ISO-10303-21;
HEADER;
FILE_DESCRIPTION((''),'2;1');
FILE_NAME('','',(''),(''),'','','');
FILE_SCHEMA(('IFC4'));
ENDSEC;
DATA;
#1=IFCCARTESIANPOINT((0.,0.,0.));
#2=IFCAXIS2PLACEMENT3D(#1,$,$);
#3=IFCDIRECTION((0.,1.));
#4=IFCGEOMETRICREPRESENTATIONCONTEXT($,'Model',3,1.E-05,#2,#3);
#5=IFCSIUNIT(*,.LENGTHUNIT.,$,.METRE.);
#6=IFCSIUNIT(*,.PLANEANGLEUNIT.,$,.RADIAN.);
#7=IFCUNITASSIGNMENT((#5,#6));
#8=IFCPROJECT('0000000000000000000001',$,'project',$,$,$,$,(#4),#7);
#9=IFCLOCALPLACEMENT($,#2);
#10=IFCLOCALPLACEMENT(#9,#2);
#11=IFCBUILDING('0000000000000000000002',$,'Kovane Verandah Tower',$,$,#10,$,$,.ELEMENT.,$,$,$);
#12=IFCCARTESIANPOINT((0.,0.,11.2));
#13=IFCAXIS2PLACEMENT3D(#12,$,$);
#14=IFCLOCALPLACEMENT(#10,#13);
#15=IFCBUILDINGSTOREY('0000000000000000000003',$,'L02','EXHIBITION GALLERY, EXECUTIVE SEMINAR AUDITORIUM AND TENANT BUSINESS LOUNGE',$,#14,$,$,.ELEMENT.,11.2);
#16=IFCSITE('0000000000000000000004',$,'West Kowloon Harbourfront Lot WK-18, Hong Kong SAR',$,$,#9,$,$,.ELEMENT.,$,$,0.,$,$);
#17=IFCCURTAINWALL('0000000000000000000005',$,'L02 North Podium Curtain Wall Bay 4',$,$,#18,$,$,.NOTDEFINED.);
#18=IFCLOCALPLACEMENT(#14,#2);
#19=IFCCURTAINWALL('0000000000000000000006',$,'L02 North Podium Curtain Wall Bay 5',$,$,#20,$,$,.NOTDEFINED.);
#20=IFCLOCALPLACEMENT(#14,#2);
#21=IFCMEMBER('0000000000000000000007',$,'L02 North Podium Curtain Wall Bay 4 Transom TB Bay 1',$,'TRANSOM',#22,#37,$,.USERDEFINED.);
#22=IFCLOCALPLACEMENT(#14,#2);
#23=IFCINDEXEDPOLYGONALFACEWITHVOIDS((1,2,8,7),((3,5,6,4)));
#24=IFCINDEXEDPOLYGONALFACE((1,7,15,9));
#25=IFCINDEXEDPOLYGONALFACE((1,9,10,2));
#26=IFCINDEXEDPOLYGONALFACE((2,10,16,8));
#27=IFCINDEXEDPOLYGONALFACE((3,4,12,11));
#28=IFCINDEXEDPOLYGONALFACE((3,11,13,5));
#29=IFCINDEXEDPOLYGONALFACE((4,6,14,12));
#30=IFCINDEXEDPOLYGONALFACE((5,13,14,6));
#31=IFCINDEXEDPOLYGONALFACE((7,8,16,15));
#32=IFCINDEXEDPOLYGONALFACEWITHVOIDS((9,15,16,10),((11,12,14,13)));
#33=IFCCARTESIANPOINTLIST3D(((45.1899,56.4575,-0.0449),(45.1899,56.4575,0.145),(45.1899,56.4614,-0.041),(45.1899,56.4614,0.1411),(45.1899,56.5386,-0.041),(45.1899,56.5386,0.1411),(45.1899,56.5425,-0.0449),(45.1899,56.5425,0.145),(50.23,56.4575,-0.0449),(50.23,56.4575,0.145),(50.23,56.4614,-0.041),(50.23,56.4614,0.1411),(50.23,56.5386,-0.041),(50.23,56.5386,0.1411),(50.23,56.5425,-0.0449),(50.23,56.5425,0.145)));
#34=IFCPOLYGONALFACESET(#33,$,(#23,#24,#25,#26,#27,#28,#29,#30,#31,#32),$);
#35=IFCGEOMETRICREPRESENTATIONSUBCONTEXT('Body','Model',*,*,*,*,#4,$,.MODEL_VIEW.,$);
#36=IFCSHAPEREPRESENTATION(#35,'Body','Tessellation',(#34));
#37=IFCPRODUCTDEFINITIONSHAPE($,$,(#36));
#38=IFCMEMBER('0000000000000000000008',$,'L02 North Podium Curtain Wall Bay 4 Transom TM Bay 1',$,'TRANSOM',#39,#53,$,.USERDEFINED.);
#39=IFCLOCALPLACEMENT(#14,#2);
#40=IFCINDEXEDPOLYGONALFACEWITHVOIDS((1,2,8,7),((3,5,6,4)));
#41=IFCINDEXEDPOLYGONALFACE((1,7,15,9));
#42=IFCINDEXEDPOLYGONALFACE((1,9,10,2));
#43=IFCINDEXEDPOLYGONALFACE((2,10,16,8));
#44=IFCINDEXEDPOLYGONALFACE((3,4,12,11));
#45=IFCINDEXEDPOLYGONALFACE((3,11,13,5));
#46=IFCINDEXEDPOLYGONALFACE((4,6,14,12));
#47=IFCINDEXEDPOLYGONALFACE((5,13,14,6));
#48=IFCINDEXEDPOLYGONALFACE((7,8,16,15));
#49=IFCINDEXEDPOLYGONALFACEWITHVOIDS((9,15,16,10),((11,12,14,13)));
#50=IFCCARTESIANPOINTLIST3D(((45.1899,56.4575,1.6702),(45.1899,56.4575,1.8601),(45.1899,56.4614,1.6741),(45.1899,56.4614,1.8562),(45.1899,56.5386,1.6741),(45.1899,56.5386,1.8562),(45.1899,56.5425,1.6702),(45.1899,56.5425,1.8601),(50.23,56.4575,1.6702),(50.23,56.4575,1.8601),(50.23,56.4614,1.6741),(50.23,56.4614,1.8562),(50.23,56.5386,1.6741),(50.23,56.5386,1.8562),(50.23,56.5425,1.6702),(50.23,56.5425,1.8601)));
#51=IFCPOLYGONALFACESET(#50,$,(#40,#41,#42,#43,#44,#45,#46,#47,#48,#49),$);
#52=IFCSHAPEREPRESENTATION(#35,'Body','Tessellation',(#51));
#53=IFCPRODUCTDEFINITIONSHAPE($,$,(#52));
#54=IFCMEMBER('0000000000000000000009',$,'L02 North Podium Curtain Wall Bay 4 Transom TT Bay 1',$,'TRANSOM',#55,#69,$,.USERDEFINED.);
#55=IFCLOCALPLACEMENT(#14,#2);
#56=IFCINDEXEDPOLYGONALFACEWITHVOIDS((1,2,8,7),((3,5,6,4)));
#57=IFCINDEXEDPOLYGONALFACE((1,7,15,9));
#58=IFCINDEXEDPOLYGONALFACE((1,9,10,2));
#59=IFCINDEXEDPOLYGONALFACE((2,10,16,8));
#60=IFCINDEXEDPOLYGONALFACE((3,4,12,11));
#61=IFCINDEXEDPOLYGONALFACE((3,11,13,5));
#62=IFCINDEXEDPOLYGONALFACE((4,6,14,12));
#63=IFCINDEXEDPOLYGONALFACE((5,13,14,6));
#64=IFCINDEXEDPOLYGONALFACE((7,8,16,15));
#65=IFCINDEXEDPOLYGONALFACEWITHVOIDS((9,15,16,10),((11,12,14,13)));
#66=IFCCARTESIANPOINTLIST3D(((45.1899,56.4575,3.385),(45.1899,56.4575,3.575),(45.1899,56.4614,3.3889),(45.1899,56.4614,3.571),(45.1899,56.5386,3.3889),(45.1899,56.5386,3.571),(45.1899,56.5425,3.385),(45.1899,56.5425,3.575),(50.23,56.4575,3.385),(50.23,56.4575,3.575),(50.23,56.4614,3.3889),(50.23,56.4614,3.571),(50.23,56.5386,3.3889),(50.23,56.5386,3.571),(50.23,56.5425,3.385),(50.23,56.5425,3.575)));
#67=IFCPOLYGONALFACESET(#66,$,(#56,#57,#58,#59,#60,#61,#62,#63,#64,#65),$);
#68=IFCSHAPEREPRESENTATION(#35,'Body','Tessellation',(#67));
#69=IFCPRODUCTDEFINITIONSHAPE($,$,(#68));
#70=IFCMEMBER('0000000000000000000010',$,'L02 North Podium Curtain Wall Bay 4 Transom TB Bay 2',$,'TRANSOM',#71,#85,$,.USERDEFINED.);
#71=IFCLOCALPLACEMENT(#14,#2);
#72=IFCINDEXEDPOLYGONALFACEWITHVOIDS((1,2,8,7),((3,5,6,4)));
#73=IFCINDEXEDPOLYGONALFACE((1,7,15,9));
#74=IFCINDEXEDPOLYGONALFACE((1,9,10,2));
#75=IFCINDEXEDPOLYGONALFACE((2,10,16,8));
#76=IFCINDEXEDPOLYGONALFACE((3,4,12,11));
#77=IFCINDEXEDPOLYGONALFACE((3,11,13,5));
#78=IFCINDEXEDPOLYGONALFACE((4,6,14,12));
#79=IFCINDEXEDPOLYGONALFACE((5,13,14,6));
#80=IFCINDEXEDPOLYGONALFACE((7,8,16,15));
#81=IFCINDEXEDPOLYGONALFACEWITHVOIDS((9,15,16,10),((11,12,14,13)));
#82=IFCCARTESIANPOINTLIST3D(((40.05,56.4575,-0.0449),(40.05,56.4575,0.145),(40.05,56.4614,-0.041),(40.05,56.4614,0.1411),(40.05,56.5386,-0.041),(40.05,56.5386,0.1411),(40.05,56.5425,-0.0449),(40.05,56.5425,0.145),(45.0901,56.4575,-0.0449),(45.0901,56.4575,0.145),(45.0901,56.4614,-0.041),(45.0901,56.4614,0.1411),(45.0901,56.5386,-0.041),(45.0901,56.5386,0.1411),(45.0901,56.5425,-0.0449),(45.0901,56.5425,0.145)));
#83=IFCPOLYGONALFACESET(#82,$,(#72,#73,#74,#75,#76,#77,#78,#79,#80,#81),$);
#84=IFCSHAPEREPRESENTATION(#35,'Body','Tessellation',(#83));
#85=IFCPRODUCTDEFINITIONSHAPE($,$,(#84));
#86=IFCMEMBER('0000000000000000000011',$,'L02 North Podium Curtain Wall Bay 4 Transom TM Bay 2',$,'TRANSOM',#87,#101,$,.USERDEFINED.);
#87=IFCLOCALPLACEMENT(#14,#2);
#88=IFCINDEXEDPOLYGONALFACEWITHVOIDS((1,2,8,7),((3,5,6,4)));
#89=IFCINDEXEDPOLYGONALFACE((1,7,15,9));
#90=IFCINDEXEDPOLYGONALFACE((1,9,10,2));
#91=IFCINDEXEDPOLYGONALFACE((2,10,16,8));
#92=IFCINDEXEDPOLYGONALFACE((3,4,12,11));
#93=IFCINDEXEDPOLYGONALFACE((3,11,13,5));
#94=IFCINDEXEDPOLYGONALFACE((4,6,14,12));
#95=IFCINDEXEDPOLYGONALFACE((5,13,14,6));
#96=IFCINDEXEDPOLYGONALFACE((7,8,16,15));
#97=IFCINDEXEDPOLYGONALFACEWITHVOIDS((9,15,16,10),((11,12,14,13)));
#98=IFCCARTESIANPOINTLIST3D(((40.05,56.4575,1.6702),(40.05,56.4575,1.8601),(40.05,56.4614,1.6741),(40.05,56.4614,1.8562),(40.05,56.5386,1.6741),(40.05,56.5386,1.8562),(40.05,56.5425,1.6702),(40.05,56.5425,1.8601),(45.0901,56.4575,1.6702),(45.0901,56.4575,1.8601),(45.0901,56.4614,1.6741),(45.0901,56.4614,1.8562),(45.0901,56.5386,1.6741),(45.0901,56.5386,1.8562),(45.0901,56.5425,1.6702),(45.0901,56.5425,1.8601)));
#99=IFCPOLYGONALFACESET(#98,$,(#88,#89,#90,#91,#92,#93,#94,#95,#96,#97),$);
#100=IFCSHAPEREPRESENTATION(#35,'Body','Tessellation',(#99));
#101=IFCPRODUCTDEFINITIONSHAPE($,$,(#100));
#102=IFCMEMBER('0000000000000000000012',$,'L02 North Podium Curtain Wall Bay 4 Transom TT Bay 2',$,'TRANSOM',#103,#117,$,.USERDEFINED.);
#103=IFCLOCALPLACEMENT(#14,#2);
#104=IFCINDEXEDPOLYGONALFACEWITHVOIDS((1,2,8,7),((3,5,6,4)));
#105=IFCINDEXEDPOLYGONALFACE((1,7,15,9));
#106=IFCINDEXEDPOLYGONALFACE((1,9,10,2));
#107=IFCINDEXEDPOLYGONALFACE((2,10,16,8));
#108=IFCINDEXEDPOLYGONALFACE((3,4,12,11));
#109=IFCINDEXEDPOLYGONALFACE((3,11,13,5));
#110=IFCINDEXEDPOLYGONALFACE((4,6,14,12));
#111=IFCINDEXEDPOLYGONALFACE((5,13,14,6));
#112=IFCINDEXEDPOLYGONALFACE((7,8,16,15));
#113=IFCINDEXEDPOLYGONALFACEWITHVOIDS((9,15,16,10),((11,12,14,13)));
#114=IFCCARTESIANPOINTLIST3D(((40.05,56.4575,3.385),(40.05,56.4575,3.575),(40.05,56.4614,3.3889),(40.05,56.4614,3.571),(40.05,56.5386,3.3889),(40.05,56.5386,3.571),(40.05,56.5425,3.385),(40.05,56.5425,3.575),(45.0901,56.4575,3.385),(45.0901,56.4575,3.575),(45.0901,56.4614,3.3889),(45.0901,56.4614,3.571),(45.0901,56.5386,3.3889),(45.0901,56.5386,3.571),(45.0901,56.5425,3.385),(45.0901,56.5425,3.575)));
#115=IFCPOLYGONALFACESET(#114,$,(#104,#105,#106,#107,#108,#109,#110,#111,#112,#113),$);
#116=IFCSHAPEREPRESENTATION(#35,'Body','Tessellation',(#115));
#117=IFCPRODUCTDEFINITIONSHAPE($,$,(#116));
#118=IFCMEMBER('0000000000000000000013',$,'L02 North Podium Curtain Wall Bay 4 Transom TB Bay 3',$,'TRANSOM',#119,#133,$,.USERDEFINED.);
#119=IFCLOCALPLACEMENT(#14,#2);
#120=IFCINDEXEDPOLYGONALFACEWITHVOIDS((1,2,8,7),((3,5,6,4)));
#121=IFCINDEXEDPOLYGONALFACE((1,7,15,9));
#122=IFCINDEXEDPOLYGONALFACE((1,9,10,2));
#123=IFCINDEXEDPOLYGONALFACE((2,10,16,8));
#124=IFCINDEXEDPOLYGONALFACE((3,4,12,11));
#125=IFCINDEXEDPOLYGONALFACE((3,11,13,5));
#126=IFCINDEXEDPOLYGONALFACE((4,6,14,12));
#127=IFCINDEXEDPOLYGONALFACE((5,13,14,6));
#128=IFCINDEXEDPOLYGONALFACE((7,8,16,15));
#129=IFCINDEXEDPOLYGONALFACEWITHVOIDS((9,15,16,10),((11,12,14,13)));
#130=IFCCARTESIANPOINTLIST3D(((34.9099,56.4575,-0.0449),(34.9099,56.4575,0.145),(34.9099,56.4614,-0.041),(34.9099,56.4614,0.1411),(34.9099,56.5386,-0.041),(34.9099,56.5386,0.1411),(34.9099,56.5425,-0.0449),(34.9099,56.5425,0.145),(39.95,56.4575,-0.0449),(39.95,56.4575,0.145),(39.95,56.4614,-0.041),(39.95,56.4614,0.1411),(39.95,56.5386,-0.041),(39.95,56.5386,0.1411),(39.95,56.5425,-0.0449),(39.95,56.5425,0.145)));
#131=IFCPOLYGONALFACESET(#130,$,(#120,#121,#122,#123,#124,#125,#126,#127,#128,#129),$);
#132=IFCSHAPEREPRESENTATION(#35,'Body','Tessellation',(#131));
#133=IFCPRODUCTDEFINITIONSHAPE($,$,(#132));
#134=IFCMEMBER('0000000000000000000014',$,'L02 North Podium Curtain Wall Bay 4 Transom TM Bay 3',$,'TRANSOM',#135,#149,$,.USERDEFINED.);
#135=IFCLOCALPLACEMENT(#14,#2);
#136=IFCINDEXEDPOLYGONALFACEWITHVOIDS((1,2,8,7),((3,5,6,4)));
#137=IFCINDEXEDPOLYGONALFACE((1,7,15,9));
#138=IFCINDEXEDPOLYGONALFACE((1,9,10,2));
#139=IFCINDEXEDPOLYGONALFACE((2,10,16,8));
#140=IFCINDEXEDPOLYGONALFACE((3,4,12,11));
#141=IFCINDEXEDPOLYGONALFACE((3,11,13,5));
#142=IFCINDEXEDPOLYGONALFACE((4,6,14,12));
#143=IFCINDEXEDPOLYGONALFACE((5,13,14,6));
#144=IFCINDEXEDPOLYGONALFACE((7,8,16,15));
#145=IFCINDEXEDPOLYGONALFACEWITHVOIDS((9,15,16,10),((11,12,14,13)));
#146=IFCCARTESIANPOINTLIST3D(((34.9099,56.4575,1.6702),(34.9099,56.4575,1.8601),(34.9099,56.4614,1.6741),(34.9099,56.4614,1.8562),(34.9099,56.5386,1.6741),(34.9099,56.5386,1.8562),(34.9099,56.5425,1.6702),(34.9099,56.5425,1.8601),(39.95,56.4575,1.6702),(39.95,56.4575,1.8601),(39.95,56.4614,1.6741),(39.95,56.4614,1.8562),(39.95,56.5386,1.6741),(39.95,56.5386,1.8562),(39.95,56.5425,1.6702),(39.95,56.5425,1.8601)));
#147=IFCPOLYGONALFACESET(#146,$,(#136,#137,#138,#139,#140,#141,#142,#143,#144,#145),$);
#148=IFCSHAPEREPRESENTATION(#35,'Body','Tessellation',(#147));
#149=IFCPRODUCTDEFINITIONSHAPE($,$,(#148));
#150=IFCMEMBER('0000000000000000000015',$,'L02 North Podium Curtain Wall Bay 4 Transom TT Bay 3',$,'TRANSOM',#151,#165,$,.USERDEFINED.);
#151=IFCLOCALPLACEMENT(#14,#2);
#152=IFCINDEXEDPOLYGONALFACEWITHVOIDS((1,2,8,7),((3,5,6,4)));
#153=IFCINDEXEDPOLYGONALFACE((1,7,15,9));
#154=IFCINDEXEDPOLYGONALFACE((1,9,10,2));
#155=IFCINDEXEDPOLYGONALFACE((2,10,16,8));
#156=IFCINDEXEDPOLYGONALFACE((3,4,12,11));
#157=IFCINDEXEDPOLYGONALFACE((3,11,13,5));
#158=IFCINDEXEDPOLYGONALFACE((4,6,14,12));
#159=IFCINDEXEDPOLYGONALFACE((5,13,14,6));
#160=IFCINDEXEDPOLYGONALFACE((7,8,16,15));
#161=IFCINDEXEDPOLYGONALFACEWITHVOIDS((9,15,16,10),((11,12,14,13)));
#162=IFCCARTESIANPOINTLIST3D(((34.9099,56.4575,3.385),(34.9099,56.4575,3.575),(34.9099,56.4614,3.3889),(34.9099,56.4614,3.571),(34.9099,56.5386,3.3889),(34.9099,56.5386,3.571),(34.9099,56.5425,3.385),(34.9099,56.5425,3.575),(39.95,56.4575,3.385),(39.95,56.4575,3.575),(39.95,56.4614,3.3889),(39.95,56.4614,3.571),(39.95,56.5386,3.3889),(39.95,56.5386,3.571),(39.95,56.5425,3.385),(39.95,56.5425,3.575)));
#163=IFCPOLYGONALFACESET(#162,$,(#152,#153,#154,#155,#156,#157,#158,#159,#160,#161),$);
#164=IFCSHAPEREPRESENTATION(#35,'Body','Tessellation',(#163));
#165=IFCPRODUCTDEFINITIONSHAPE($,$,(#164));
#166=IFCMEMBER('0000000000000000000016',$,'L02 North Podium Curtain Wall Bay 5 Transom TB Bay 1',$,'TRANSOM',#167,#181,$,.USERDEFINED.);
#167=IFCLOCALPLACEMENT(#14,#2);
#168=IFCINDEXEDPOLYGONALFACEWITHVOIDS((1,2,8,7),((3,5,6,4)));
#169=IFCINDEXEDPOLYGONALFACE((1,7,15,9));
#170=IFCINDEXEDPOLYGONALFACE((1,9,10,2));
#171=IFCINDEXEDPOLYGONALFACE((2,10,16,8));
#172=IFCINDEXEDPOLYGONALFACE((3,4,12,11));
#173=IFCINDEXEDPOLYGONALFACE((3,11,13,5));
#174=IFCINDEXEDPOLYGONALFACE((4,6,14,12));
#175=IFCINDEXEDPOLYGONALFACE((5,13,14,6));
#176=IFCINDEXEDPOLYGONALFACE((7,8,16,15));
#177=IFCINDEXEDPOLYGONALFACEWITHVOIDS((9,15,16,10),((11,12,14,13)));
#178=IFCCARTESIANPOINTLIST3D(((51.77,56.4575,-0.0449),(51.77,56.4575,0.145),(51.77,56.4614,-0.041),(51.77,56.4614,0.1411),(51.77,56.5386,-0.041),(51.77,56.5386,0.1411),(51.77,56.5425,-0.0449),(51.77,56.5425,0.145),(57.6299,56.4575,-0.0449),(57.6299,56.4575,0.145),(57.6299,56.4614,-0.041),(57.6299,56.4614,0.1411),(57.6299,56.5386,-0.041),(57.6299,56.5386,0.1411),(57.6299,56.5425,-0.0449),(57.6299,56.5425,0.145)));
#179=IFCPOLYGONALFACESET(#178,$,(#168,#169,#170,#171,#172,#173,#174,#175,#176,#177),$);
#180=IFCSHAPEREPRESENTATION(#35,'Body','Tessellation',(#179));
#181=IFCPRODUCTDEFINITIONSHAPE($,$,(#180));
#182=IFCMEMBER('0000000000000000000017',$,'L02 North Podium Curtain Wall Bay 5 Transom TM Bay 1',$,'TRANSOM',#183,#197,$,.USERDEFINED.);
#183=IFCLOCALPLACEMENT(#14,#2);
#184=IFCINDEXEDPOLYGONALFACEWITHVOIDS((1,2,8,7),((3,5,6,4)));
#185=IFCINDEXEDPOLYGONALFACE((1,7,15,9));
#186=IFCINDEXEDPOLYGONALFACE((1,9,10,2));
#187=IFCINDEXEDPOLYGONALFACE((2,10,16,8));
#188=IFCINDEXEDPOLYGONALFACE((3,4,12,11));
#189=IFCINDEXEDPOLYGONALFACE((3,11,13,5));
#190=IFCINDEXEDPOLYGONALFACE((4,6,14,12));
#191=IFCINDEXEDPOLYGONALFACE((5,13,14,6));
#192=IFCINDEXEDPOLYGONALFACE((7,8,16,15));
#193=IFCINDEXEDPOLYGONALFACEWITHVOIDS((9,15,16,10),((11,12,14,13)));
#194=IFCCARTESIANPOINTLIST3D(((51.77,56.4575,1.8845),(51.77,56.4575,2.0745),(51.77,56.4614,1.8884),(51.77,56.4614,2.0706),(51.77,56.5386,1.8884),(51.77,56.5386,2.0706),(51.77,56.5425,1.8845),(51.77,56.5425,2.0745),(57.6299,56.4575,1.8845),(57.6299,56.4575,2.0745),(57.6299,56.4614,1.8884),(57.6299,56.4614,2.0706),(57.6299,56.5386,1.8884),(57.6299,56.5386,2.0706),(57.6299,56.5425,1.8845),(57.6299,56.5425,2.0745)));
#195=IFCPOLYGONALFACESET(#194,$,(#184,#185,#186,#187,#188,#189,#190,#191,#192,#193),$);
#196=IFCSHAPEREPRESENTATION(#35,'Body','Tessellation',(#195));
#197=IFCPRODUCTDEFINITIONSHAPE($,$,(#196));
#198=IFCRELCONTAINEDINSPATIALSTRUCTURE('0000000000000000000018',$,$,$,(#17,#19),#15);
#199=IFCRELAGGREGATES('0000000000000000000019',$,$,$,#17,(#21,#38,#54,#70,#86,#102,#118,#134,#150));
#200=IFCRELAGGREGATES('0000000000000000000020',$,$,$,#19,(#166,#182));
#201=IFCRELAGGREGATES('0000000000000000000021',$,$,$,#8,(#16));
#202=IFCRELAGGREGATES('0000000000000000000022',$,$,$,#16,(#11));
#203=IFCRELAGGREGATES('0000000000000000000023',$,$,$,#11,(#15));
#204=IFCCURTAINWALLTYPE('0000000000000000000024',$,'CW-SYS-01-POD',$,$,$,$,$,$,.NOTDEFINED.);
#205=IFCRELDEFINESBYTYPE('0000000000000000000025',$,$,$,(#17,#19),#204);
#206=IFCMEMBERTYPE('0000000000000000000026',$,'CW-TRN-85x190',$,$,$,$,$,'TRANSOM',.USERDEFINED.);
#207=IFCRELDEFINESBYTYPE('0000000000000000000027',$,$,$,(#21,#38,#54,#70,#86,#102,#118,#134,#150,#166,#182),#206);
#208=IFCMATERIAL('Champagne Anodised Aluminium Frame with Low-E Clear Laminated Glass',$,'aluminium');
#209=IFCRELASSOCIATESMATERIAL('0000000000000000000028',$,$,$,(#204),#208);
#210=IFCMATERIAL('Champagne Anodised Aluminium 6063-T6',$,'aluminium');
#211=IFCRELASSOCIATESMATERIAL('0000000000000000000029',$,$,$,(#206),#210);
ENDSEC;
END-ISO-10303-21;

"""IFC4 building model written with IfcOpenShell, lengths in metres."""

from ifc_helpers import new_model, si_unit, direction, frame, origin, origin_2d, place, context, subcontext, project, spatial, hollow_rectangle, extrude, material, material_profile, profile_set, type_object, element, aggregate, save


model = new_model("IFC4")

# Units and contexts
model_context = context("Model", 3, precision=1e-05, world=origin(), true_north=direction((0.0, 1.0)))
body_context = subcontext(model_context, "Body", "Model", "MODEL_VIEW")
ifc_project = project(units=[si_unit("LENGTHUNIT", "METRE"), si_unit("PLANEANGLEUNIT", "RADIAN")], contexts=[model_context])

# Site, building, storey
site_placement = place(None, origin())
site = spatial("IfcSite", under=ifc_project, at=site_placement, Name="West Kowloon Harbourfront Lot WK-18, Hong Kong SAR", CompositionType="ELEMENT", RefElevation=0.0)
building_placement = place(site_placement, origin())
building = spatial("IfcBuilding", under=site, at=building_placement, Name="Kovane Verandah Tower", CompositionType="ELEMENT")
storey_placement = place(building_placement, frame((0.0, 0.0, 11.2)))
storey = spatial("IfcBuildingStorey", under=building, at=storey_placement, Name="L02", Description="EXHIBITION GALLERY, EXECUTIVE SEMINAR AUDITORIUM AND TENANT BUSINESS LOUNGE", CompositionType="ELEMENT", Elevation=11.2)

# Curtain walls
ifc_material_1 = material(Name="Champagne Anodised Aluminium Frame with Low-E Clear Laminated Glass", Category="aluminium")
curtain_wall_type = type_object("IfcCurtainWallType", Name="CW-SYS-01-POD", PredefinedType="NOTDEFINED", material=ifc_material_1)
curtain_wall_1_placement = place(storey_placement, origin())
curtain_wall_1 = element("IfcCurtainWall", 1, at=curtain_wall_1_placement, inside=storey, type_object=curtain_wall_type, Name="L02 North Podium Curtain Wall Bay 4", PredefinedType="NOTDEFINED")
ifc_material_2 = material(Name="Champagne Anodised Aluminium 6063-T6", Category="aluminium")
curtain_wall_2_placement = place(storey_placement, origin())
curtain_wall_2 = element("IfcCurtainWall", 2, at=curtain_wall_2_placement, inside=storey, type_object=curtain_wall_type, Name="L02 North Podium Curtain Wall Bay 5", PredefinedType="NOTDEFINED")

# Members
ifc_material_profile_1 = material_profile(ifc_material_2, hollow_rectangle(XDim=0.085, YDim=0.1899, WallThickness=0.0039, at=origin_2d()), Name="AL85x190x4")
ifc_profile_set_1 = profile_set([ifc_material_profile_1], Name="Champagne Anodised Aluminium 6063-T6")
member_type_1 = type_object("IfcMemberType", Name="CW-TRN-85x190", ElementType="TRANSOM", PredefinedType="USERDEFINED", material=ifc_profile_set_1)
member_1_placement = place(storey_placement, frame((50.23, 56.5, 0.05), z_axis=(-1.0, 0.0, 0.0), x_axis=(0.0, -1.0, 0.0)))
member_1 = element("IfcMember", 3, at=member_1_placement, type_object=member_type_1, Name="L02 North Podium Curtain Wall Bay 4 Transom TB Bay 1", ObjectType="TRANSOM", PredefinedType="USERDEFINED", context=body_context, shape_type="SweptSolid", body=[
    extrude(hollow_rectangle(XDim=0.085, YDim=0.1899, WallThickness=0.0039, at=origin_2d()), origin(), (0.0, 0.0, 1.0), 5.04),
])
member_2_placement = place(storey_placement, frame((50.23, 56.5, 1.7651), z_axis=(-1.0, 0.0, 0.0), x_axis=(0.0, -1.0, 0.0)))
member_2 = element("IfcMember", 4, at=member_2_placement, type_object=member_type_1, Name="L02 North Podium Curtain Wall Bay 4 Transom TM Bay 1", ObjectType="TRANSOM", PredefinedType="USERDEFINED", context=body_context, shape_type="SweptSolid", body=[
    extrude(hollow_rectangle(XDim=0.085, YDim=0.1899, WallThickness=0.0039, at=origin_2d()), origin(), (0.0, 0.0, 1.0), 5.04),
])
member_3_placement = place(storey_placement, frame((50.23, 56.5, 3.48), z_axis=(-1.0, 0.0, 0.0), x_axis=(0.0, -1.0, 0.0)))
member_3 = element("IfcMember", 5, at=member_3_placement, type_object=member_type_1, Name="L02 North Podium Curtain Wall Bay 4 Transom TT Bay 1", ObjectType="TRANSOM", PredefinedType="USERDEFINED", context=body_context, shape_type="SweptSolid", body=[
    extrude(hollow_rectangle(XDim=0.085, YDim=0.1899, WallThickness=0.0039, at=origin_2d()), origin(), (0.0, 0.0, 1.0), 5.04),
])
member_4_placement = place(storey_placement, frame((45.0901, 56.5, 0.05), z_axis=(-1.0, 0.0, 0.0), x_axis=(0.0, -1.0, 0.0)))
member_4 = element("IfcMember", 6, at=member_4_placement, type_object=member_type_1, Name="L02 North Podium Curtain Wall Bay 4 Transom TB Bay 2", ObjectType="TRANSOM", PredefinedType="USERDEFINED", context=body_context, shape_type="SweptSolid", body=[
    extrude(hollow_rectangle(XDim=0.085, YDim=0.1899, WallThickness=0.0039, at=origin_2d()), origin(), (0.0, 0.0, 1.0), 5.04),
])
member_5_placement = place(storey_placement, frame((45.0901, 56.5, 1.7651), z_axis=(-1.0, 0.0, 0.0), x_axis=(0.0, -1.0, 0.0)))
member_5 = element("IfcMember", 7, at=member_5_placement, type_object=member_type_1, Name="L02 North Podium Curtain Wall Bay 4 Transom TM Bay 2", ObjectType="TRANSOM", PredefinedType="USERDEFINED", context=body_context, shape_type="SweptSolid", body=[
    extrude(hollow_rectangle(XDim=0.085, YDim=0.1899, WallThickness=0.0039, at=origin_2d()), origin(), (0.0, 0.0, 1.0), 5.04),
])
member_6_placement = place(storey_placement, frame((45.0901, 56.5, 3.48), z_axis=(-1.0, 0.0, 0.0), x_axis=(0.0, -1.0, 0.0)))
member_6 = element("IfcMember", 8, at=member_6_placement, type_object=member_type_1, Name="L02 North Podium Curtain Wall Bay 4 Transom TT Bay 2", ObjectType="TRANSOM", PredefinedType="USERDEFINED", context=body_context, shape_type="SweptSolid", body=[
    extrude(hollow_rectangle(XDim=0.085, YDim=0.1899, WallThickness=0.0039, at=origin_2d()), origin(), (0.0, 0.0, 1.0), 5.04),
])
member_7_placement = place(storey_placement, frame((39.95, 56.5, 0.05), z_axis=(-1.0, 0.0, 0.0), x_axis=(0.0, -1.0, 0.0)))
member_7 = element("IfcMember", 9, at=member_7_placement, type_object=member_type_1, Name="L02 North Podium Curtain Wall Bay 4 Transom TB Bay 3", ObjectType="TRANSOM", PredefinedType="USERDEFINED", context=body_context, shape_type="SweptSolid", body=[
    extrude(hollow_rectangle(XDim=0.085, YDim=0.1899, WallThickness=0.0039, at=origin_2d()), origin(), (0.0, 0.0, 1.0), 5.04),
])
member_8_placement = place(storey_placement, frame((39.95, 56.5, 1.7651), z_axis=(-1.0, 0.0, 0.0), x_axis=(0.0, -1.0, 0.0)))
member_8 = element("IfcMember", 10, at=member_8_placement, type_object=member_type_1, Name="L02 North Podium Curtain Wall Bay 4 Transom TM Bay 3", ObjectType="TRANSOM", PredefinedType="USERDEFINED", context=body_context, shape_type="SweptSolid", body=[
    extrude(hollow_rectangle(XDim=0.085, YDim=0.1899, WallThickness=0.0039, at=origin_2d()), origin(), (0.0, 0.0, 1.0), 5.04),
])
member_9_placement = place(storey_placement, frame((39.95, 56.5, 3.48), z_axis=(-1.0, 0.0, 0.0), x_axis=(0.0, -1.0, 0.0)))
member_9 = element("IfcMember", 11, at=member_9_placement, type_object=member_type_1, Name="L02 North Podium Curtain Wall Bay 4 Transom TT Bay 3", ObjectType="TRANSOM", PredefinedType="USERDEFINED", context=body_context, shape_type="SweptSolid", body=[
    extrude(hollow_rectangle(XDim=0.085, YDim=0.1899, WallThickness=0.0039, at=origin_2d()), origin(), (0.0, 0.0, 1.0), 5.04),
])
member_10_placement = place(storey_placement, frame((57.6299, 56.5, 0.05), z_axis=(-1.0, 0.0, 0.0), x_axis=(0.0, -1.0, 0.0)))
member_10 = element("IfcMember", 12, at=member_10_placement, type_object=member_type_1, Name="L02 North Podium Curtain Wall Bay 5 Transom TB Bay 1", ObjectType="TRANSOM", PredefinedType="USERDEFINED", context=body_context, shape_type="SweptSolid", body=[
    extrude(hollow_rectangle(XDim=0.085, YDim=0.1899, WallThickness=0.0039, at=origin_2d()), origin(), (0.0, 0.0, 1.0), 5.8599),
])
member_11_placement = place(storey_placement, frame((57.6299, 56.5, 1.9795), z_axis=(-1.0, 0.0, 0.0), x_axis=(0.0, -1.0, 0.0)))
member_11 = element("IfcMember", 13, at=member_11_placement, type_object=member_type_1, Name="L02 North Podium Curtain Wall Bay 5 Transom TM Bay 1", ObjectType="TRANSOM", PredefinedType="USERDEFINED", context=body_context, shape_type="SweptSolid", body=[
    extrude(hollow_rectangle(XDim=0.085, YDim=0.1899, WallThickness=0.0039, at=origin_2d()), origin(), (0.0, 0.0, 1.0), 5.8599),
])

aggregate(curtain_wall_1, [member_1, member_2, member_3, member_4, member_5, member_6, member_7, member_8, member_9])
aggregate(curtain_wall_2, [member_10, member_11])

save(model, "model.ifc")
